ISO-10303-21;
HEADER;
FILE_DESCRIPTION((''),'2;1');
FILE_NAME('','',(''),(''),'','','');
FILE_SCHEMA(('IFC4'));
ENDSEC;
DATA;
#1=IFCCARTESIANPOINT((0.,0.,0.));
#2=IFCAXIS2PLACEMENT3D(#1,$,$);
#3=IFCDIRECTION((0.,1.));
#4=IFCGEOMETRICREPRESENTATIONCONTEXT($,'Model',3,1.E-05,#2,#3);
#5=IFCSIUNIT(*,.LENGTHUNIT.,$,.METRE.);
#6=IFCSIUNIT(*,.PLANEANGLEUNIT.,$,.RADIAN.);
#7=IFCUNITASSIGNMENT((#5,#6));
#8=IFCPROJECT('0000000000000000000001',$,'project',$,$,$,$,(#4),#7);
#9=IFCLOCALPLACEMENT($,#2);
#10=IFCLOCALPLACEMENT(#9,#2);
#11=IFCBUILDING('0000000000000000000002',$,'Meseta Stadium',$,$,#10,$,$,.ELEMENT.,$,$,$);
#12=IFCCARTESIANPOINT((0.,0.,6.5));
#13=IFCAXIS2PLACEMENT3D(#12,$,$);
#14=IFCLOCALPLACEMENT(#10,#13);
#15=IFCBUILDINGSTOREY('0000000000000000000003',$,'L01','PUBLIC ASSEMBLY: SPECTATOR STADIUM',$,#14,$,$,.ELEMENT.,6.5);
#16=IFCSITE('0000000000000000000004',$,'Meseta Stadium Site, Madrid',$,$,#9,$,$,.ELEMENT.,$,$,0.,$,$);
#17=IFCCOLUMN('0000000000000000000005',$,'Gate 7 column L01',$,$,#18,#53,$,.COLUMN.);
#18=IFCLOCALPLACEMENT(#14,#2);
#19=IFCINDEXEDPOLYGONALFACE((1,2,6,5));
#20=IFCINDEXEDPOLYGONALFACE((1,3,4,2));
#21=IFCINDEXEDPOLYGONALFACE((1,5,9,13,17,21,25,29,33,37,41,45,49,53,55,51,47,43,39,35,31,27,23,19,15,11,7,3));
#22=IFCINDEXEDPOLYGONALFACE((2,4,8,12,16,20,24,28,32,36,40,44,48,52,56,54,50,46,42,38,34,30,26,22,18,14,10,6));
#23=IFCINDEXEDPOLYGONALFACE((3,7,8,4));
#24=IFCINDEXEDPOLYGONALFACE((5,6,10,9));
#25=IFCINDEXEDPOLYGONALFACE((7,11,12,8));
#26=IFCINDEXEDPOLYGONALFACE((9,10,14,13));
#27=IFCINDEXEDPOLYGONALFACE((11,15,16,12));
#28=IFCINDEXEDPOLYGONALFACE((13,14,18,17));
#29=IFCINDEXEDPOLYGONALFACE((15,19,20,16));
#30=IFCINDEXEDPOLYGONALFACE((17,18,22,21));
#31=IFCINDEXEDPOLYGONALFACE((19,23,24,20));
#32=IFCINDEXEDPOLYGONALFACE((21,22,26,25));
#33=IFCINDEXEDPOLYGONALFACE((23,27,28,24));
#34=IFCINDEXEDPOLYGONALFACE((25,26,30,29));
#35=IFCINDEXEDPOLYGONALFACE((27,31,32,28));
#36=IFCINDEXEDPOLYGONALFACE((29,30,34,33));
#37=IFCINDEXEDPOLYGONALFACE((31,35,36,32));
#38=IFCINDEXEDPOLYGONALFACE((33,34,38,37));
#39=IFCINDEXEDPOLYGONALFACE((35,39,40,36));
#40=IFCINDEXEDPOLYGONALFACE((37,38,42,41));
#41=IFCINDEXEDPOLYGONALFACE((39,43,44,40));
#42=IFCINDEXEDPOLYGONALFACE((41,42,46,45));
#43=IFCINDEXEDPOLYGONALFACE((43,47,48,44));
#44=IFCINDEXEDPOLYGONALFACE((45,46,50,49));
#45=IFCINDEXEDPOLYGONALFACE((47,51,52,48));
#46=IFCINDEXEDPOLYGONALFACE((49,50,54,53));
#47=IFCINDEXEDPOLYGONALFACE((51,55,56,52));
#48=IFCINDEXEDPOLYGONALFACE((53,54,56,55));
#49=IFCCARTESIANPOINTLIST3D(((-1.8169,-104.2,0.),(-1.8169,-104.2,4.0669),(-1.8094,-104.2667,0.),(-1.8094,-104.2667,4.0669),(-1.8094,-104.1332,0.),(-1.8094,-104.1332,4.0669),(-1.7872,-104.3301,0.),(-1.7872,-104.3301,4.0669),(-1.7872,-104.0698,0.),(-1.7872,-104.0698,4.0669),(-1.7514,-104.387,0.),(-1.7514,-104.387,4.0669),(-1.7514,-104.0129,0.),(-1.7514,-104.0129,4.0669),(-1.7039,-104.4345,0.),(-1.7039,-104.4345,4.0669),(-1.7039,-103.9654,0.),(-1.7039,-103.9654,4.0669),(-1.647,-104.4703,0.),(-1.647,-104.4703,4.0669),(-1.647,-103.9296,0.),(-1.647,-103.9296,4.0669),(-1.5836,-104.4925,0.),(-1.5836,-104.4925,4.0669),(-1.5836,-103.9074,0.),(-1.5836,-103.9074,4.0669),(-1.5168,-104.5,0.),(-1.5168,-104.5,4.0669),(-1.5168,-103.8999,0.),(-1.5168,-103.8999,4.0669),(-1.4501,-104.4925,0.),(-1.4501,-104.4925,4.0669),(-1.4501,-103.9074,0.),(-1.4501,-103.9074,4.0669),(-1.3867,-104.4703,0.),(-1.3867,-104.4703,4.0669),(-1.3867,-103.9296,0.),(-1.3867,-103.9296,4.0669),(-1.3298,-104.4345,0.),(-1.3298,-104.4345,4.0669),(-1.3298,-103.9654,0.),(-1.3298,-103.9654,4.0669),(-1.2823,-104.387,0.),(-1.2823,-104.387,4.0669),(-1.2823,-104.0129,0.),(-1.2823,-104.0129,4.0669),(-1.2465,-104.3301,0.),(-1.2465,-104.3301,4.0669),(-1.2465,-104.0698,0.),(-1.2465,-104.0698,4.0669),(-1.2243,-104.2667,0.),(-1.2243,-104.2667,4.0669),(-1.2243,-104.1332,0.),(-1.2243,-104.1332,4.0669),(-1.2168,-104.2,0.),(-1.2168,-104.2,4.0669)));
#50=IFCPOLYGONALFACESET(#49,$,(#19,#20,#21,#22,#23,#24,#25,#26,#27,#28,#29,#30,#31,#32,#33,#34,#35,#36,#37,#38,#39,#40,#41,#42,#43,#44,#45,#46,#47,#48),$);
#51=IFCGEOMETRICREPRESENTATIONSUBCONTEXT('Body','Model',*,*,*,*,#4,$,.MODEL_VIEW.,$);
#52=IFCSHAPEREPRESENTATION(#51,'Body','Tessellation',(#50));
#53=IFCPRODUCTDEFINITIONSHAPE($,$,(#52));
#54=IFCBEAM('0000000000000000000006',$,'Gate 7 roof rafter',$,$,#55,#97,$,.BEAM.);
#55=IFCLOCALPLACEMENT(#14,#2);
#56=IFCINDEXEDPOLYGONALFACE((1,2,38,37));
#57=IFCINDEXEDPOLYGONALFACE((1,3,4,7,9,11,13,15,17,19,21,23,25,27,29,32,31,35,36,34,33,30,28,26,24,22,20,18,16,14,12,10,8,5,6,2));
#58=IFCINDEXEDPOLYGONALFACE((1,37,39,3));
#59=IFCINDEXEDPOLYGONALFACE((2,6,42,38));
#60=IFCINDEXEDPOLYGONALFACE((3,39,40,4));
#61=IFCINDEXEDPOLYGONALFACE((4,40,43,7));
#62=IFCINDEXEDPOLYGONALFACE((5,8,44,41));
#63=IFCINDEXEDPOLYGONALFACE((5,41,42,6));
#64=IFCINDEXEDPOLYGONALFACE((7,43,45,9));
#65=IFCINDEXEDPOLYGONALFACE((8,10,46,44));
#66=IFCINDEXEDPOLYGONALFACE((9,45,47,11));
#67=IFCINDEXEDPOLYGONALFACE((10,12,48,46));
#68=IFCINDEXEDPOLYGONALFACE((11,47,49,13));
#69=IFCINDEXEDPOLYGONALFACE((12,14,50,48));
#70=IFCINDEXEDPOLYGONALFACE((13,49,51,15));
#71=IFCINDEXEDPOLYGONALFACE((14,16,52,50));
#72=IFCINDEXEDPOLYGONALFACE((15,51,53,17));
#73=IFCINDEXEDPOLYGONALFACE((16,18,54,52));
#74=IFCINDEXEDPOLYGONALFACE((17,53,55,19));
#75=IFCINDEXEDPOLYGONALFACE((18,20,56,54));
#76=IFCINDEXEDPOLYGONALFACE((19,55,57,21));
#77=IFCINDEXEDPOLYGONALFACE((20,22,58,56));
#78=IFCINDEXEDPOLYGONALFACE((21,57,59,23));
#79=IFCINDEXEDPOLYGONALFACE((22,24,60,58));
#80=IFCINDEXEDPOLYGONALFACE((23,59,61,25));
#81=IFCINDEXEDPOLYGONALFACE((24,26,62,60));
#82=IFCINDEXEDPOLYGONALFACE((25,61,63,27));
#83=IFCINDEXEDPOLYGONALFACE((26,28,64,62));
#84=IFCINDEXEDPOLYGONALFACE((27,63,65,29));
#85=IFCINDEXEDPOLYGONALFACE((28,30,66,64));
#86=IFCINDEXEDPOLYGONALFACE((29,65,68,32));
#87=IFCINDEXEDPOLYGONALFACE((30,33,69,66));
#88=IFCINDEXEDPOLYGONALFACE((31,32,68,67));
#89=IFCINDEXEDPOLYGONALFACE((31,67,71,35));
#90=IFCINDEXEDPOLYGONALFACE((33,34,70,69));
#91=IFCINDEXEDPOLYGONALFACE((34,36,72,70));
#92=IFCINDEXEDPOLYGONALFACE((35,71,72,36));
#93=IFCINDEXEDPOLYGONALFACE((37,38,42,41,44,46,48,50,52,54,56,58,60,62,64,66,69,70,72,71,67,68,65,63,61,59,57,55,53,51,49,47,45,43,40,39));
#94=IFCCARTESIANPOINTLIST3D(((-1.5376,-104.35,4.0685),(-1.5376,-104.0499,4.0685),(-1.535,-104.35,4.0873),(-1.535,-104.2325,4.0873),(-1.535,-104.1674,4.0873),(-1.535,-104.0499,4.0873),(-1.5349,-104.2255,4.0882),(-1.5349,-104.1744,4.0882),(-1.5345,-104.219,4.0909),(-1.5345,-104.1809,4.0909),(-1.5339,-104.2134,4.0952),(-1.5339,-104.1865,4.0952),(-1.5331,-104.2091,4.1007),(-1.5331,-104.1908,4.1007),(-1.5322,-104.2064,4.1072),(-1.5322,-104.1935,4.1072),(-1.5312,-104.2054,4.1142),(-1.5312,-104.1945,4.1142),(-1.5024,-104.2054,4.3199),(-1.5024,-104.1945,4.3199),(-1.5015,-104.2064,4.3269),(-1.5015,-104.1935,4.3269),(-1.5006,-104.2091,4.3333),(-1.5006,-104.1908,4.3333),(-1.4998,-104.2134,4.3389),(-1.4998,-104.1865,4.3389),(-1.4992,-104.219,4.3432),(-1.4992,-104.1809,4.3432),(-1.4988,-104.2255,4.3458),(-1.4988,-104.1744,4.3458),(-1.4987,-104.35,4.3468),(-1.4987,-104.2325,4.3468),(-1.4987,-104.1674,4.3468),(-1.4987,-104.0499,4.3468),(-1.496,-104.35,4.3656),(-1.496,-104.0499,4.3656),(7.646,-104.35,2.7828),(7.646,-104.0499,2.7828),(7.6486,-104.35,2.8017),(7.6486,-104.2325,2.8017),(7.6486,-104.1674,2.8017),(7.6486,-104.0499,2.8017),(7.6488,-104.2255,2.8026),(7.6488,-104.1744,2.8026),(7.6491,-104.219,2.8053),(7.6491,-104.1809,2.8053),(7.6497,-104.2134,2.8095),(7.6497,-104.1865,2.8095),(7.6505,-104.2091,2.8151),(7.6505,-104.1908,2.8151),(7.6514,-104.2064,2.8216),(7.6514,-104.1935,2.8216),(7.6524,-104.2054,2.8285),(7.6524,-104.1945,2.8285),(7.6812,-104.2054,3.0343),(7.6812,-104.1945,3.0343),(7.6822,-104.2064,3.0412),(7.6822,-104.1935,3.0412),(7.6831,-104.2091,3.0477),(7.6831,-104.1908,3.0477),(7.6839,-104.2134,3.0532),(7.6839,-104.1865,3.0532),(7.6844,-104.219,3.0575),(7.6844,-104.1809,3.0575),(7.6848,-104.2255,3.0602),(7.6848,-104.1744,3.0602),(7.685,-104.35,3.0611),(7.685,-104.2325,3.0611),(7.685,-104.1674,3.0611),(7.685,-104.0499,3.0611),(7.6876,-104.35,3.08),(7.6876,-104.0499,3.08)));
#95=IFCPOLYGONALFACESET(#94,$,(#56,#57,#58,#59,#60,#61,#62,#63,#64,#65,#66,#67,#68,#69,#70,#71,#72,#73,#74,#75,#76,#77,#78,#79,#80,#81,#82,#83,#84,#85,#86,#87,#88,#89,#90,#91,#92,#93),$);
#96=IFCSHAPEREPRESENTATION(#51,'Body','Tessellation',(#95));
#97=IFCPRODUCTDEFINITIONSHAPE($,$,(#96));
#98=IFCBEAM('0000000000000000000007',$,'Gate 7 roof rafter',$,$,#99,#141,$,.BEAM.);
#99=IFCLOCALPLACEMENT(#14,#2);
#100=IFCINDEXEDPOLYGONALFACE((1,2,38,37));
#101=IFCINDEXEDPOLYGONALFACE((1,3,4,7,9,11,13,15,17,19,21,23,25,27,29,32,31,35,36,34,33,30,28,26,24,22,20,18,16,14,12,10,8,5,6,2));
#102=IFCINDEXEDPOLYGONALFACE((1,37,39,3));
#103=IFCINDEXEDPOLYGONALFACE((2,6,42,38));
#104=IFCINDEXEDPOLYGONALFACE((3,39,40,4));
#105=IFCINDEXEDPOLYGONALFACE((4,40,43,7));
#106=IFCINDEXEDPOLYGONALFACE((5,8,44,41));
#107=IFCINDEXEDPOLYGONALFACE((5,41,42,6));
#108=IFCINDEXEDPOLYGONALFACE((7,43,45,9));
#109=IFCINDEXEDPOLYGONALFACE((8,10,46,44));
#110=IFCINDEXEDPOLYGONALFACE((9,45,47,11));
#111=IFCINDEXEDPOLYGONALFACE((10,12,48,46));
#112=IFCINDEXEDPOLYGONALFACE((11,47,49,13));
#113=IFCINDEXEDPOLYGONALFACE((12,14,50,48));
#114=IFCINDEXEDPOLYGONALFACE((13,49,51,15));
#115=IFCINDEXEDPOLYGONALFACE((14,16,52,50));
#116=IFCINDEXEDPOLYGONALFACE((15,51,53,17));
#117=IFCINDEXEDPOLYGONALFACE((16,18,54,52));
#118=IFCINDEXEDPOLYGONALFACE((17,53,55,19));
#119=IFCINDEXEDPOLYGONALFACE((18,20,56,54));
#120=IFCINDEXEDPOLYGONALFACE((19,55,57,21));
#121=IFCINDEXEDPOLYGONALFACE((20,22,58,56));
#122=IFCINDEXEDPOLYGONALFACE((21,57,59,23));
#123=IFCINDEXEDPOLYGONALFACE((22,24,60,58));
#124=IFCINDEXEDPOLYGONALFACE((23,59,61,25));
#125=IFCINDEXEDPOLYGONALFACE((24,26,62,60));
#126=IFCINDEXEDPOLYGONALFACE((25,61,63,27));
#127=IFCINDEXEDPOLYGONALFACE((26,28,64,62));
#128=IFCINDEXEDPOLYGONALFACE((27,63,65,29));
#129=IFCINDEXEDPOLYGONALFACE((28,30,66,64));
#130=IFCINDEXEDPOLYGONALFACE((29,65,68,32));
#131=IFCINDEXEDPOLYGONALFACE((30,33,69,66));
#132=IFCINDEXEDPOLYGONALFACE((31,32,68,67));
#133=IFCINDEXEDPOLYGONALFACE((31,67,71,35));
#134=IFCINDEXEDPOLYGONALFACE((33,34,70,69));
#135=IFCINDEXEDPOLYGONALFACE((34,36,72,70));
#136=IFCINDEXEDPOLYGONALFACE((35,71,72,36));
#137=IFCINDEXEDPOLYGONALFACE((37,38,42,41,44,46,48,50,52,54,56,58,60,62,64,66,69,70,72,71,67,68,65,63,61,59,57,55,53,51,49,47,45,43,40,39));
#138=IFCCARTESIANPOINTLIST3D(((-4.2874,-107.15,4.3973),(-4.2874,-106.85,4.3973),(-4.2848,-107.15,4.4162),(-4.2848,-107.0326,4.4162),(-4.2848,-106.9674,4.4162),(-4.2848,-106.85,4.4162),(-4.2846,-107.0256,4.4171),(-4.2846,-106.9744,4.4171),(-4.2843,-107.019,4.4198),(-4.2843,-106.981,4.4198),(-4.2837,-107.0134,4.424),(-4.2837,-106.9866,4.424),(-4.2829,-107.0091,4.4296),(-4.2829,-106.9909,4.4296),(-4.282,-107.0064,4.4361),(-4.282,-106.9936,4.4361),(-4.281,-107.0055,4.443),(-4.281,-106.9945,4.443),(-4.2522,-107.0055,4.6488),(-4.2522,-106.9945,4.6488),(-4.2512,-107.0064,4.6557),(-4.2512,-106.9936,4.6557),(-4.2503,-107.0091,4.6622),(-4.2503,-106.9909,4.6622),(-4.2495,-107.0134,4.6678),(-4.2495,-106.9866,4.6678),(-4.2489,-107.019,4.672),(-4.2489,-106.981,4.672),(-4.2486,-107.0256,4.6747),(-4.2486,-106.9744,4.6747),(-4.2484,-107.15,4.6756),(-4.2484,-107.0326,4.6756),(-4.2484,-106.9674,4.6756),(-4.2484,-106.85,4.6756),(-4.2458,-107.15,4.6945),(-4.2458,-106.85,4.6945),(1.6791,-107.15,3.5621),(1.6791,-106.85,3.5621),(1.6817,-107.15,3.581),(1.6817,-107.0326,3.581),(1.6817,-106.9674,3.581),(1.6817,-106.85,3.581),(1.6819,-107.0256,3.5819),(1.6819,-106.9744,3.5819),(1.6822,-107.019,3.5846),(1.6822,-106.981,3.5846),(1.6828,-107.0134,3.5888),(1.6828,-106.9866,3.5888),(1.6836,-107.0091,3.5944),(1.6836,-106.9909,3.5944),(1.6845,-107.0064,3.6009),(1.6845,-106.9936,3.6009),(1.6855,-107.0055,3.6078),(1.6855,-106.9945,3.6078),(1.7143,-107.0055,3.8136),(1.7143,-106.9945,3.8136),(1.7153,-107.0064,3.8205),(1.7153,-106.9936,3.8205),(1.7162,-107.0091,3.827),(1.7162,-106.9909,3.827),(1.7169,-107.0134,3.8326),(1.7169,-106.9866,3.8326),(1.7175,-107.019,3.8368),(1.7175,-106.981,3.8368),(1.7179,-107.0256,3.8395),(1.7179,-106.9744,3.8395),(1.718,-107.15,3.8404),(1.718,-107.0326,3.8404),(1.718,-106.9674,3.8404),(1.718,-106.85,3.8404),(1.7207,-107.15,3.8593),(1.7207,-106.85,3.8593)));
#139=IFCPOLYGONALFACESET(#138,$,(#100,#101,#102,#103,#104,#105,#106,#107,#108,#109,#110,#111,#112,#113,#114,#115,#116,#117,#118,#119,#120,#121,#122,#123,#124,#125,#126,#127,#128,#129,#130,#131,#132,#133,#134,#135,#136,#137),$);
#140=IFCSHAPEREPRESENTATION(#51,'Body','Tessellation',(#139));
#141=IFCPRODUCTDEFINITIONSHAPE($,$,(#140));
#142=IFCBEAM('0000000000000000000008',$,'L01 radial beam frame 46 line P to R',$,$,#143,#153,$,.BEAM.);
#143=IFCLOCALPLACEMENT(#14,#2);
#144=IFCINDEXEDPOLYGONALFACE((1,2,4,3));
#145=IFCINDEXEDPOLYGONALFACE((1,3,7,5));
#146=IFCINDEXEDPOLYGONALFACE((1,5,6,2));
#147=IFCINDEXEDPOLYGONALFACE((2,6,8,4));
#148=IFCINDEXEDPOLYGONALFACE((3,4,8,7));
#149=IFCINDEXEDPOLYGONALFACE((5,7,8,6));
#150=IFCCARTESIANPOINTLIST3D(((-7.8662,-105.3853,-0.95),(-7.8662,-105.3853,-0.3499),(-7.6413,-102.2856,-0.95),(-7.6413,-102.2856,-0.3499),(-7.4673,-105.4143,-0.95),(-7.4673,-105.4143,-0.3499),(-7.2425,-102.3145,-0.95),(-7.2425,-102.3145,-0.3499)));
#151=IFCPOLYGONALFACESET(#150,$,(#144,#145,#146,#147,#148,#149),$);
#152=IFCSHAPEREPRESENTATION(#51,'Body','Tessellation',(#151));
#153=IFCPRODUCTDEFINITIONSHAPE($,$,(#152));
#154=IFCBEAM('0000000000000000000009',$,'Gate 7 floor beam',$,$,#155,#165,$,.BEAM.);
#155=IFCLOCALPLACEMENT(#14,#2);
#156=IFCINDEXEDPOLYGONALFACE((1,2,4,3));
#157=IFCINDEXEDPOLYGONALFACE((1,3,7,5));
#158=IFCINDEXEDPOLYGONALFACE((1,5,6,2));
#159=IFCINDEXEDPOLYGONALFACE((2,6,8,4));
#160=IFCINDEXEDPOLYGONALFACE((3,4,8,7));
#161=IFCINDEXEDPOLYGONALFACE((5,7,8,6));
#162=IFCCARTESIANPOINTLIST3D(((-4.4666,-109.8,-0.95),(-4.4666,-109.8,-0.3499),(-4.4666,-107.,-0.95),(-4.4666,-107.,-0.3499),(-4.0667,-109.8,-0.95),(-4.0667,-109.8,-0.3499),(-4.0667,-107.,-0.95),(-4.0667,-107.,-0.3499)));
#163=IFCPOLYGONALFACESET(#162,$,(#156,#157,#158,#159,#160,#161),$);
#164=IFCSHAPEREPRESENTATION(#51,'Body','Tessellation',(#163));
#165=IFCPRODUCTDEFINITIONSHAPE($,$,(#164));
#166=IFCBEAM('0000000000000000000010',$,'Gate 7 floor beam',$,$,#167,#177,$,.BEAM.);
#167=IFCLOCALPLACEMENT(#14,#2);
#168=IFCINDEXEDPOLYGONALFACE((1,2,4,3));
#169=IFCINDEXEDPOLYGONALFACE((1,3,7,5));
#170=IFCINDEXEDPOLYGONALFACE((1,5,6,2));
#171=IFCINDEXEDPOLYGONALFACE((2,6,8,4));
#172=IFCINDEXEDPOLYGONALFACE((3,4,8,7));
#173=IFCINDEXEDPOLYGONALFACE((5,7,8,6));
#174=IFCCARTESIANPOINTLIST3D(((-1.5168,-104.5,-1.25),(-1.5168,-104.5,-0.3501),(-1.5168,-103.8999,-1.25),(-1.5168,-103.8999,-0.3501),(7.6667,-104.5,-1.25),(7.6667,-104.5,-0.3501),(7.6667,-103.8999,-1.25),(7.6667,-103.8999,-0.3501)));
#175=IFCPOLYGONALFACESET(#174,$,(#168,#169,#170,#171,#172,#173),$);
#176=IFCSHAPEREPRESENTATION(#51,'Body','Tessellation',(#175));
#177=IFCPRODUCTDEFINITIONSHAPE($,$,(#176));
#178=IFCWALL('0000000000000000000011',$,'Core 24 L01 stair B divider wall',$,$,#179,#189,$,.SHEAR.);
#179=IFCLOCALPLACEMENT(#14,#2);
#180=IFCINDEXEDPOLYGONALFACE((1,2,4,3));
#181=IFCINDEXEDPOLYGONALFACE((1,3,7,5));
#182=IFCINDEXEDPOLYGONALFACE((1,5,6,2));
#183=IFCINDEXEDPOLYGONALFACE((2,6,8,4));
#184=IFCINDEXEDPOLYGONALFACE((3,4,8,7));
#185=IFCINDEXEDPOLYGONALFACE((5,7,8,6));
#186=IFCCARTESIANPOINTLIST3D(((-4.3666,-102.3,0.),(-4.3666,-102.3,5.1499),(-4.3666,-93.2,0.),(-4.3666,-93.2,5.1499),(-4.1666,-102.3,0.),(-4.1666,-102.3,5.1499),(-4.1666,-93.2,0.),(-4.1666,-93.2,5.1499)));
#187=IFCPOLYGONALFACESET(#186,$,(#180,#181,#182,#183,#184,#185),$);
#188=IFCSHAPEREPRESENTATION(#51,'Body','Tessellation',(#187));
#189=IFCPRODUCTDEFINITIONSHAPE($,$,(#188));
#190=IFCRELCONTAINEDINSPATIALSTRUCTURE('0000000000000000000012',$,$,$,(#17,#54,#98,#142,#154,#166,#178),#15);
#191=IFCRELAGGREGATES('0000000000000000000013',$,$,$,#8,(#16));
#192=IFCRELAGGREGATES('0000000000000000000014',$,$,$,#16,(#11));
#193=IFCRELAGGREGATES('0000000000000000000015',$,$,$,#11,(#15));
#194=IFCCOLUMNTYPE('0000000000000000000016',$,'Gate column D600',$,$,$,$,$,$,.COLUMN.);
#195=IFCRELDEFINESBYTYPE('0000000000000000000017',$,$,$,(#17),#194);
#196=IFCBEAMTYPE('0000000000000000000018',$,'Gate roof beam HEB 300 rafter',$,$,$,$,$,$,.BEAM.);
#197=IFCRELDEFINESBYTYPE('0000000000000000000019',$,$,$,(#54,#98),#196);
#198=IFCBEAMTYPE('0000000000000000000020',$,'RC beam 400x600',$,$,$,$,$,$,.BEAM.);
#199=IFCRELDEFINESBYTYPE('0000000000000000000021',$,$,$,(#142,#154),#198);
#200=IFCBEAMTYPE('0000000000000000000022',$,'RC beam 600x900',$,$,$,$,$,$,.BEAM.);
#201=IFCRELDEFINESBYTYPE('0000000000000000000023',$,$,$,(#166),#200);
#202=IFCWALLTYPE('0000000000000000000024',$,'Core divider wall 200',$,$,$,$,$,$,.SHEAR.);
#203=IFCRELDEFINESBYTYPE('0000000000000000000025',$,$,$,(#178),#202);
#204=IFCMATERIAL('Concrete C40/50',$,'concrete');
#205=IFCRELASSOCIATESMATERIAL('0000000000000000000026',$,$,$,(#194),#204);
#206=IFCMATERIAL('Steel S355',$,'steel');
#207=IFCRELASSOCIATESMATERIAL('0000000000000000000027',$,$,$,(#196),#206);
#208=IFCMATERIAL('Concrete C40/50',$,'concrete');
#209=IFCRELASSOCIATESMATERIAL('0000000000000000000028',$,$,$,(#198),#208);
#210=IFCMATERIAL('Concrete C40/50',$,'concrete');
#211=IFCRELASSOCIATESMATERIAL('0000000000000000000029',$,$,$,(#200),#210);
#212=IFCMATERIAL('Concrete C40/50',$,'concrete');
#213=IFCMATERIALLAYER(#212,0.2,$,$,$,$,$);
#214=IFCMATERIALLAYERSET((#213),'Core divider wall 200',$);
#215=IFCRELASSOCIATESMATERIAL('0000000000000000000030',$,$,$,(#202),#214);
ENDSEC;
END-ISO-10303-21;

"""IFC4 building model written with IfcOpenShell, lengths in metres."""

from ifc_helpers import new_model, si_unit, direction, frame, frame_2d, origin, origin_2d, place, context, subcontext, project, spatial, rectangle, circle, i_section, extrude, material, layer, layer_set, material_profile, profile_set, type_object, element, save


model = new_model("IFC4")

# Units and contexts
model_context = context("Model", 3, precision=1e-05, world=origin(), true_north=direction((0.0, 1.0)))
body_context = subcontext(model_context, "Body", "Model", "MODEL_VIEW")
ifc_project = project(units=[si_unit("LENGTHUNIT", "METRE"), si_unit("PLANEANGLEUNIT", "RADIAN")], contexts=[model_context])

# Site, building, storey
site_placement = place(None, origin())
site = spatial("IfcSite", under=ifc_project, at=site_placement, Name="Meseta Stadium Site, Madrid", CompositionType="ELEMENT", RefElevation=0.0)
building_placement = place(site_placement, origin())
building = spatial("IfcBuilding", under=site, at=building_placement, Name="Meseta Stadium", CompositionType="ELEMENT")
storey_placement = place(building_placement, frame((0.0, 0.0, 6.5)))
storey = spatial("IfcBuildingStorey", under=building, at=storey_placement, Name="L01", Description="PUBLIC ASSEMBLY: SPECTATOR STADIUM", CompositionType="ELEMENT", Elevation=6.5)

# Column
ifc_material_1 = material(Name="Concrete C40/50", Category="concrete")
ifc_material_profile_1 = material_profile(ifc_material_1, circle(Radius=0.3, at=origin_2d()), Name="RC D600")
ifc_profile_set_1 = profile_set([ifc_material_profile_1], Name="Concrete C40/50")
column_type = type_object("IfcColumnType", Name="Gate column D600", PredefinedType="COLUMN", material=ifc_profile_set_1)
column_placement = place(storey_placement, frame((-1.5168, -104.2, 0.0), z_axis=(0.0, 0.0, 1.0), x_axis=(1.0, 0.0, 0.0)))
element("IfcColumn", 1, at=column_placement, inside=storey, type_object=column_type, Name="Gate 7 column L01", PredefinedType="COLUMN", context=body_context, shape_type="SweptSolid", body=[
    extrude(circle(Radius=0.3, at=origin_2d()), origin(), (0.0, 0.0, 1.0), 4.0669),
])

# Beams
ifc_material_2 = material(Name="Steel S355", Category="steel")
ifc_material_profile_2 = material_profile(ifc_material_2, i_section(OverallWidth=0.3, OverallDepth=0.3, WebThickness=0.011, FlangeThickness=0.019, FilletRadius=0.0271, at=origin_2d()), Name="HEB 300")
ifc_profile_set_2 = profile_set([ifc_material_profile_2], Name="Steel S355")
beam_type_1 = type_object("IfcBeamType", Name="Gate roof beam HEB 300 rafter", PredefinedType="BEAM", material=ifc_profile_set_2)
beam_1_placement = place(storey_placement, frame((-1.5168, -104.2, 4.217), z_axis=(0.990343, 0.0, -0.138642), x_axis=(0.0, 1.0, 0.0)))
element("IfcBeam", 2, at=beam_1_placement, inside=storey, type_object=beam_type_1, Name="Gate 7 roof rafter", PredefinedType="BEAM", context=body_context, shape_type="SweptSolid", body=[
    extrude(i_section(OverallWidth=0.3, OverallDepth=0.3, WebThickness=0.011, FlangeThickness=0.019, FilletRadius=0.0271, at=origin_2d()), origin(), (0.0, 0.0, 1.0), 9.2732),
])
beam_2_placement = place(storey_placement, frame((-4.2666, -107.0, 4.5459), z_axis=(0.990344, 0.0, -0.13863), x_axis=(0.0, 1.0, 0.0)))
element("IfcBeam", 3, at=beam_2_placement, inside=storey, type_object=beam_type_1, Name="Gate 7 roof rafter", PredefinedType="BEAM", context=body_context, shape_type="SweptSolid", body=[
    extrude(i_section(OverallWidth=0.3, OverallDepth=0.3, WebThickness=0.011, FlangeThickness=0.019, FilletRadius=0.0271, at=origin_2d()), origin(), (0.0, 0.0, 1.0), 6.0247),
])
ifc_material_3 = material(Name="Concrete C40/50", Category="concrete")
ifc_material_profile_3 = material_profile(ifc_material_3, rectangle(XDim=0.3999, YDim=0.6001, at=origin_2d()), Name="RC 400x600")
ifc_profile_set_3 = profile_set([ifc_material_profile_3], Name="Concrete C40/50")
beam_type_2 = type_object("IfcBeamType", Name="RC beam 400x600", PredefinedType="BEAM", material=ifc_profile_set_3)
beam_3_placement = place(storey_placement, frame((-7.4419, -102.3, -0.6499), z_axis=(-0.072347, -0.99738, 0.0), x_axis=(0.99738, -0.072347, 0.0)))
element("IfcBeam", 4, at=beam_3_placement, inside=storey, type_object=beam_type_2, Name="L01 radial beam frame 46 line P to R", PredefinedType="BEAM", context=body_context, shape_type="SweptSolid", body=[
    extrude(rectangle(XDim=0.3999, YDim=0.6001, at=origin_2d()), origin(), (0.0, 0.0, 1.0), 3.1079),
])
beam_4_placement = place(storey_placement, frame((-4.2666, -107.0, -0.6499), z_axis=(0.0, -1.0, 0.0), x_axis=(1.0, 0.0, 0.0)))
element("IfcBeam", 5, at=beam_4_placement, inside=storey, type_object=beam_type_2, Name="Gate 7 floor beam", PredefinedType="BEAM", context=body_context, shape_type="SweptSolid", body=[
    extrude(rectangle(XDim=0.3999, YDim=0.6001, at=origin_2d()), origin(), (0.0, 0.0, 1.0), 2.8),
])
ifc_material_4 = material(Name="Concrete C40/50", Category="concrete")
ifc_material_profile_4 = material_profile(ifc_material_4, rectangle(XDim=0.6001, YDim=0.8999, at=origin_2d()), Name="RC 600x900")
ifc_profile_set_4 = profile_set([ifc_material_profile_4], Name="Concrete C40/50")
beam_type_3 = type_object("IfcBeamType", Name="RC beam 600x900", PredefinedType="BEAM", material=ifc_profile_set_4)
beam_5_placement = place(storey_placement, frame((-1.5168, -104.2, -0.8), z_axis=(1.0, 0.0, 0.0), x_axis=(0.0, 1.0, 0.0)))
element("IfcBeam", 6, at=beam_5_placement, inside=storey, type_object=beam_type_3, Name="Gate 7 floor beam", PredefinedType="BEAM", context=body_context, shape_type="SweptSolid", body=[
    extrude(rectangle(XDim=0.6001, YDim=0.8999, at=origin_2d()), origin(), (0.0, 0.0, 1.0), 9.1836),
])

# Wall
ifc_material_5 = material(Name="Concrete C40/50", Category="concrete")
ifc_layer_1 = layer(ifc_material_5, 0.2)
ifc_layer_set_1 = layer_set([ifc_layer_1], Name="Core divider wall 200")
wall_type_1 = type_object("IfcWallType", Name="Core divider wall 200", PredefinedType="SHEAR", material=ifc_layer_set_1)
wall_1_placement = place(storey_placement, frame((-4.2666, -102.3, 0.0), z_axis=(0.0, 0.0, 1.0), x_axis=(0.0, 1.0, 0.0)))
element("IfcWall", 7, at=wall_1_placement, inside=storey, type_object=wall_type_1, Name="Core 24 L01 stair B divider wall", PredefinedType="SHEAR", context=body_context, shape_type="SweptSolid", body=[
    extrude(rectangle(XDim=9.1001, YDim=0.2, at=frame_2d((4.55, 0.0))), origin(), (0.0, 0.0, 1.0), 5.1499),
])

save(model, "model.ifc")
